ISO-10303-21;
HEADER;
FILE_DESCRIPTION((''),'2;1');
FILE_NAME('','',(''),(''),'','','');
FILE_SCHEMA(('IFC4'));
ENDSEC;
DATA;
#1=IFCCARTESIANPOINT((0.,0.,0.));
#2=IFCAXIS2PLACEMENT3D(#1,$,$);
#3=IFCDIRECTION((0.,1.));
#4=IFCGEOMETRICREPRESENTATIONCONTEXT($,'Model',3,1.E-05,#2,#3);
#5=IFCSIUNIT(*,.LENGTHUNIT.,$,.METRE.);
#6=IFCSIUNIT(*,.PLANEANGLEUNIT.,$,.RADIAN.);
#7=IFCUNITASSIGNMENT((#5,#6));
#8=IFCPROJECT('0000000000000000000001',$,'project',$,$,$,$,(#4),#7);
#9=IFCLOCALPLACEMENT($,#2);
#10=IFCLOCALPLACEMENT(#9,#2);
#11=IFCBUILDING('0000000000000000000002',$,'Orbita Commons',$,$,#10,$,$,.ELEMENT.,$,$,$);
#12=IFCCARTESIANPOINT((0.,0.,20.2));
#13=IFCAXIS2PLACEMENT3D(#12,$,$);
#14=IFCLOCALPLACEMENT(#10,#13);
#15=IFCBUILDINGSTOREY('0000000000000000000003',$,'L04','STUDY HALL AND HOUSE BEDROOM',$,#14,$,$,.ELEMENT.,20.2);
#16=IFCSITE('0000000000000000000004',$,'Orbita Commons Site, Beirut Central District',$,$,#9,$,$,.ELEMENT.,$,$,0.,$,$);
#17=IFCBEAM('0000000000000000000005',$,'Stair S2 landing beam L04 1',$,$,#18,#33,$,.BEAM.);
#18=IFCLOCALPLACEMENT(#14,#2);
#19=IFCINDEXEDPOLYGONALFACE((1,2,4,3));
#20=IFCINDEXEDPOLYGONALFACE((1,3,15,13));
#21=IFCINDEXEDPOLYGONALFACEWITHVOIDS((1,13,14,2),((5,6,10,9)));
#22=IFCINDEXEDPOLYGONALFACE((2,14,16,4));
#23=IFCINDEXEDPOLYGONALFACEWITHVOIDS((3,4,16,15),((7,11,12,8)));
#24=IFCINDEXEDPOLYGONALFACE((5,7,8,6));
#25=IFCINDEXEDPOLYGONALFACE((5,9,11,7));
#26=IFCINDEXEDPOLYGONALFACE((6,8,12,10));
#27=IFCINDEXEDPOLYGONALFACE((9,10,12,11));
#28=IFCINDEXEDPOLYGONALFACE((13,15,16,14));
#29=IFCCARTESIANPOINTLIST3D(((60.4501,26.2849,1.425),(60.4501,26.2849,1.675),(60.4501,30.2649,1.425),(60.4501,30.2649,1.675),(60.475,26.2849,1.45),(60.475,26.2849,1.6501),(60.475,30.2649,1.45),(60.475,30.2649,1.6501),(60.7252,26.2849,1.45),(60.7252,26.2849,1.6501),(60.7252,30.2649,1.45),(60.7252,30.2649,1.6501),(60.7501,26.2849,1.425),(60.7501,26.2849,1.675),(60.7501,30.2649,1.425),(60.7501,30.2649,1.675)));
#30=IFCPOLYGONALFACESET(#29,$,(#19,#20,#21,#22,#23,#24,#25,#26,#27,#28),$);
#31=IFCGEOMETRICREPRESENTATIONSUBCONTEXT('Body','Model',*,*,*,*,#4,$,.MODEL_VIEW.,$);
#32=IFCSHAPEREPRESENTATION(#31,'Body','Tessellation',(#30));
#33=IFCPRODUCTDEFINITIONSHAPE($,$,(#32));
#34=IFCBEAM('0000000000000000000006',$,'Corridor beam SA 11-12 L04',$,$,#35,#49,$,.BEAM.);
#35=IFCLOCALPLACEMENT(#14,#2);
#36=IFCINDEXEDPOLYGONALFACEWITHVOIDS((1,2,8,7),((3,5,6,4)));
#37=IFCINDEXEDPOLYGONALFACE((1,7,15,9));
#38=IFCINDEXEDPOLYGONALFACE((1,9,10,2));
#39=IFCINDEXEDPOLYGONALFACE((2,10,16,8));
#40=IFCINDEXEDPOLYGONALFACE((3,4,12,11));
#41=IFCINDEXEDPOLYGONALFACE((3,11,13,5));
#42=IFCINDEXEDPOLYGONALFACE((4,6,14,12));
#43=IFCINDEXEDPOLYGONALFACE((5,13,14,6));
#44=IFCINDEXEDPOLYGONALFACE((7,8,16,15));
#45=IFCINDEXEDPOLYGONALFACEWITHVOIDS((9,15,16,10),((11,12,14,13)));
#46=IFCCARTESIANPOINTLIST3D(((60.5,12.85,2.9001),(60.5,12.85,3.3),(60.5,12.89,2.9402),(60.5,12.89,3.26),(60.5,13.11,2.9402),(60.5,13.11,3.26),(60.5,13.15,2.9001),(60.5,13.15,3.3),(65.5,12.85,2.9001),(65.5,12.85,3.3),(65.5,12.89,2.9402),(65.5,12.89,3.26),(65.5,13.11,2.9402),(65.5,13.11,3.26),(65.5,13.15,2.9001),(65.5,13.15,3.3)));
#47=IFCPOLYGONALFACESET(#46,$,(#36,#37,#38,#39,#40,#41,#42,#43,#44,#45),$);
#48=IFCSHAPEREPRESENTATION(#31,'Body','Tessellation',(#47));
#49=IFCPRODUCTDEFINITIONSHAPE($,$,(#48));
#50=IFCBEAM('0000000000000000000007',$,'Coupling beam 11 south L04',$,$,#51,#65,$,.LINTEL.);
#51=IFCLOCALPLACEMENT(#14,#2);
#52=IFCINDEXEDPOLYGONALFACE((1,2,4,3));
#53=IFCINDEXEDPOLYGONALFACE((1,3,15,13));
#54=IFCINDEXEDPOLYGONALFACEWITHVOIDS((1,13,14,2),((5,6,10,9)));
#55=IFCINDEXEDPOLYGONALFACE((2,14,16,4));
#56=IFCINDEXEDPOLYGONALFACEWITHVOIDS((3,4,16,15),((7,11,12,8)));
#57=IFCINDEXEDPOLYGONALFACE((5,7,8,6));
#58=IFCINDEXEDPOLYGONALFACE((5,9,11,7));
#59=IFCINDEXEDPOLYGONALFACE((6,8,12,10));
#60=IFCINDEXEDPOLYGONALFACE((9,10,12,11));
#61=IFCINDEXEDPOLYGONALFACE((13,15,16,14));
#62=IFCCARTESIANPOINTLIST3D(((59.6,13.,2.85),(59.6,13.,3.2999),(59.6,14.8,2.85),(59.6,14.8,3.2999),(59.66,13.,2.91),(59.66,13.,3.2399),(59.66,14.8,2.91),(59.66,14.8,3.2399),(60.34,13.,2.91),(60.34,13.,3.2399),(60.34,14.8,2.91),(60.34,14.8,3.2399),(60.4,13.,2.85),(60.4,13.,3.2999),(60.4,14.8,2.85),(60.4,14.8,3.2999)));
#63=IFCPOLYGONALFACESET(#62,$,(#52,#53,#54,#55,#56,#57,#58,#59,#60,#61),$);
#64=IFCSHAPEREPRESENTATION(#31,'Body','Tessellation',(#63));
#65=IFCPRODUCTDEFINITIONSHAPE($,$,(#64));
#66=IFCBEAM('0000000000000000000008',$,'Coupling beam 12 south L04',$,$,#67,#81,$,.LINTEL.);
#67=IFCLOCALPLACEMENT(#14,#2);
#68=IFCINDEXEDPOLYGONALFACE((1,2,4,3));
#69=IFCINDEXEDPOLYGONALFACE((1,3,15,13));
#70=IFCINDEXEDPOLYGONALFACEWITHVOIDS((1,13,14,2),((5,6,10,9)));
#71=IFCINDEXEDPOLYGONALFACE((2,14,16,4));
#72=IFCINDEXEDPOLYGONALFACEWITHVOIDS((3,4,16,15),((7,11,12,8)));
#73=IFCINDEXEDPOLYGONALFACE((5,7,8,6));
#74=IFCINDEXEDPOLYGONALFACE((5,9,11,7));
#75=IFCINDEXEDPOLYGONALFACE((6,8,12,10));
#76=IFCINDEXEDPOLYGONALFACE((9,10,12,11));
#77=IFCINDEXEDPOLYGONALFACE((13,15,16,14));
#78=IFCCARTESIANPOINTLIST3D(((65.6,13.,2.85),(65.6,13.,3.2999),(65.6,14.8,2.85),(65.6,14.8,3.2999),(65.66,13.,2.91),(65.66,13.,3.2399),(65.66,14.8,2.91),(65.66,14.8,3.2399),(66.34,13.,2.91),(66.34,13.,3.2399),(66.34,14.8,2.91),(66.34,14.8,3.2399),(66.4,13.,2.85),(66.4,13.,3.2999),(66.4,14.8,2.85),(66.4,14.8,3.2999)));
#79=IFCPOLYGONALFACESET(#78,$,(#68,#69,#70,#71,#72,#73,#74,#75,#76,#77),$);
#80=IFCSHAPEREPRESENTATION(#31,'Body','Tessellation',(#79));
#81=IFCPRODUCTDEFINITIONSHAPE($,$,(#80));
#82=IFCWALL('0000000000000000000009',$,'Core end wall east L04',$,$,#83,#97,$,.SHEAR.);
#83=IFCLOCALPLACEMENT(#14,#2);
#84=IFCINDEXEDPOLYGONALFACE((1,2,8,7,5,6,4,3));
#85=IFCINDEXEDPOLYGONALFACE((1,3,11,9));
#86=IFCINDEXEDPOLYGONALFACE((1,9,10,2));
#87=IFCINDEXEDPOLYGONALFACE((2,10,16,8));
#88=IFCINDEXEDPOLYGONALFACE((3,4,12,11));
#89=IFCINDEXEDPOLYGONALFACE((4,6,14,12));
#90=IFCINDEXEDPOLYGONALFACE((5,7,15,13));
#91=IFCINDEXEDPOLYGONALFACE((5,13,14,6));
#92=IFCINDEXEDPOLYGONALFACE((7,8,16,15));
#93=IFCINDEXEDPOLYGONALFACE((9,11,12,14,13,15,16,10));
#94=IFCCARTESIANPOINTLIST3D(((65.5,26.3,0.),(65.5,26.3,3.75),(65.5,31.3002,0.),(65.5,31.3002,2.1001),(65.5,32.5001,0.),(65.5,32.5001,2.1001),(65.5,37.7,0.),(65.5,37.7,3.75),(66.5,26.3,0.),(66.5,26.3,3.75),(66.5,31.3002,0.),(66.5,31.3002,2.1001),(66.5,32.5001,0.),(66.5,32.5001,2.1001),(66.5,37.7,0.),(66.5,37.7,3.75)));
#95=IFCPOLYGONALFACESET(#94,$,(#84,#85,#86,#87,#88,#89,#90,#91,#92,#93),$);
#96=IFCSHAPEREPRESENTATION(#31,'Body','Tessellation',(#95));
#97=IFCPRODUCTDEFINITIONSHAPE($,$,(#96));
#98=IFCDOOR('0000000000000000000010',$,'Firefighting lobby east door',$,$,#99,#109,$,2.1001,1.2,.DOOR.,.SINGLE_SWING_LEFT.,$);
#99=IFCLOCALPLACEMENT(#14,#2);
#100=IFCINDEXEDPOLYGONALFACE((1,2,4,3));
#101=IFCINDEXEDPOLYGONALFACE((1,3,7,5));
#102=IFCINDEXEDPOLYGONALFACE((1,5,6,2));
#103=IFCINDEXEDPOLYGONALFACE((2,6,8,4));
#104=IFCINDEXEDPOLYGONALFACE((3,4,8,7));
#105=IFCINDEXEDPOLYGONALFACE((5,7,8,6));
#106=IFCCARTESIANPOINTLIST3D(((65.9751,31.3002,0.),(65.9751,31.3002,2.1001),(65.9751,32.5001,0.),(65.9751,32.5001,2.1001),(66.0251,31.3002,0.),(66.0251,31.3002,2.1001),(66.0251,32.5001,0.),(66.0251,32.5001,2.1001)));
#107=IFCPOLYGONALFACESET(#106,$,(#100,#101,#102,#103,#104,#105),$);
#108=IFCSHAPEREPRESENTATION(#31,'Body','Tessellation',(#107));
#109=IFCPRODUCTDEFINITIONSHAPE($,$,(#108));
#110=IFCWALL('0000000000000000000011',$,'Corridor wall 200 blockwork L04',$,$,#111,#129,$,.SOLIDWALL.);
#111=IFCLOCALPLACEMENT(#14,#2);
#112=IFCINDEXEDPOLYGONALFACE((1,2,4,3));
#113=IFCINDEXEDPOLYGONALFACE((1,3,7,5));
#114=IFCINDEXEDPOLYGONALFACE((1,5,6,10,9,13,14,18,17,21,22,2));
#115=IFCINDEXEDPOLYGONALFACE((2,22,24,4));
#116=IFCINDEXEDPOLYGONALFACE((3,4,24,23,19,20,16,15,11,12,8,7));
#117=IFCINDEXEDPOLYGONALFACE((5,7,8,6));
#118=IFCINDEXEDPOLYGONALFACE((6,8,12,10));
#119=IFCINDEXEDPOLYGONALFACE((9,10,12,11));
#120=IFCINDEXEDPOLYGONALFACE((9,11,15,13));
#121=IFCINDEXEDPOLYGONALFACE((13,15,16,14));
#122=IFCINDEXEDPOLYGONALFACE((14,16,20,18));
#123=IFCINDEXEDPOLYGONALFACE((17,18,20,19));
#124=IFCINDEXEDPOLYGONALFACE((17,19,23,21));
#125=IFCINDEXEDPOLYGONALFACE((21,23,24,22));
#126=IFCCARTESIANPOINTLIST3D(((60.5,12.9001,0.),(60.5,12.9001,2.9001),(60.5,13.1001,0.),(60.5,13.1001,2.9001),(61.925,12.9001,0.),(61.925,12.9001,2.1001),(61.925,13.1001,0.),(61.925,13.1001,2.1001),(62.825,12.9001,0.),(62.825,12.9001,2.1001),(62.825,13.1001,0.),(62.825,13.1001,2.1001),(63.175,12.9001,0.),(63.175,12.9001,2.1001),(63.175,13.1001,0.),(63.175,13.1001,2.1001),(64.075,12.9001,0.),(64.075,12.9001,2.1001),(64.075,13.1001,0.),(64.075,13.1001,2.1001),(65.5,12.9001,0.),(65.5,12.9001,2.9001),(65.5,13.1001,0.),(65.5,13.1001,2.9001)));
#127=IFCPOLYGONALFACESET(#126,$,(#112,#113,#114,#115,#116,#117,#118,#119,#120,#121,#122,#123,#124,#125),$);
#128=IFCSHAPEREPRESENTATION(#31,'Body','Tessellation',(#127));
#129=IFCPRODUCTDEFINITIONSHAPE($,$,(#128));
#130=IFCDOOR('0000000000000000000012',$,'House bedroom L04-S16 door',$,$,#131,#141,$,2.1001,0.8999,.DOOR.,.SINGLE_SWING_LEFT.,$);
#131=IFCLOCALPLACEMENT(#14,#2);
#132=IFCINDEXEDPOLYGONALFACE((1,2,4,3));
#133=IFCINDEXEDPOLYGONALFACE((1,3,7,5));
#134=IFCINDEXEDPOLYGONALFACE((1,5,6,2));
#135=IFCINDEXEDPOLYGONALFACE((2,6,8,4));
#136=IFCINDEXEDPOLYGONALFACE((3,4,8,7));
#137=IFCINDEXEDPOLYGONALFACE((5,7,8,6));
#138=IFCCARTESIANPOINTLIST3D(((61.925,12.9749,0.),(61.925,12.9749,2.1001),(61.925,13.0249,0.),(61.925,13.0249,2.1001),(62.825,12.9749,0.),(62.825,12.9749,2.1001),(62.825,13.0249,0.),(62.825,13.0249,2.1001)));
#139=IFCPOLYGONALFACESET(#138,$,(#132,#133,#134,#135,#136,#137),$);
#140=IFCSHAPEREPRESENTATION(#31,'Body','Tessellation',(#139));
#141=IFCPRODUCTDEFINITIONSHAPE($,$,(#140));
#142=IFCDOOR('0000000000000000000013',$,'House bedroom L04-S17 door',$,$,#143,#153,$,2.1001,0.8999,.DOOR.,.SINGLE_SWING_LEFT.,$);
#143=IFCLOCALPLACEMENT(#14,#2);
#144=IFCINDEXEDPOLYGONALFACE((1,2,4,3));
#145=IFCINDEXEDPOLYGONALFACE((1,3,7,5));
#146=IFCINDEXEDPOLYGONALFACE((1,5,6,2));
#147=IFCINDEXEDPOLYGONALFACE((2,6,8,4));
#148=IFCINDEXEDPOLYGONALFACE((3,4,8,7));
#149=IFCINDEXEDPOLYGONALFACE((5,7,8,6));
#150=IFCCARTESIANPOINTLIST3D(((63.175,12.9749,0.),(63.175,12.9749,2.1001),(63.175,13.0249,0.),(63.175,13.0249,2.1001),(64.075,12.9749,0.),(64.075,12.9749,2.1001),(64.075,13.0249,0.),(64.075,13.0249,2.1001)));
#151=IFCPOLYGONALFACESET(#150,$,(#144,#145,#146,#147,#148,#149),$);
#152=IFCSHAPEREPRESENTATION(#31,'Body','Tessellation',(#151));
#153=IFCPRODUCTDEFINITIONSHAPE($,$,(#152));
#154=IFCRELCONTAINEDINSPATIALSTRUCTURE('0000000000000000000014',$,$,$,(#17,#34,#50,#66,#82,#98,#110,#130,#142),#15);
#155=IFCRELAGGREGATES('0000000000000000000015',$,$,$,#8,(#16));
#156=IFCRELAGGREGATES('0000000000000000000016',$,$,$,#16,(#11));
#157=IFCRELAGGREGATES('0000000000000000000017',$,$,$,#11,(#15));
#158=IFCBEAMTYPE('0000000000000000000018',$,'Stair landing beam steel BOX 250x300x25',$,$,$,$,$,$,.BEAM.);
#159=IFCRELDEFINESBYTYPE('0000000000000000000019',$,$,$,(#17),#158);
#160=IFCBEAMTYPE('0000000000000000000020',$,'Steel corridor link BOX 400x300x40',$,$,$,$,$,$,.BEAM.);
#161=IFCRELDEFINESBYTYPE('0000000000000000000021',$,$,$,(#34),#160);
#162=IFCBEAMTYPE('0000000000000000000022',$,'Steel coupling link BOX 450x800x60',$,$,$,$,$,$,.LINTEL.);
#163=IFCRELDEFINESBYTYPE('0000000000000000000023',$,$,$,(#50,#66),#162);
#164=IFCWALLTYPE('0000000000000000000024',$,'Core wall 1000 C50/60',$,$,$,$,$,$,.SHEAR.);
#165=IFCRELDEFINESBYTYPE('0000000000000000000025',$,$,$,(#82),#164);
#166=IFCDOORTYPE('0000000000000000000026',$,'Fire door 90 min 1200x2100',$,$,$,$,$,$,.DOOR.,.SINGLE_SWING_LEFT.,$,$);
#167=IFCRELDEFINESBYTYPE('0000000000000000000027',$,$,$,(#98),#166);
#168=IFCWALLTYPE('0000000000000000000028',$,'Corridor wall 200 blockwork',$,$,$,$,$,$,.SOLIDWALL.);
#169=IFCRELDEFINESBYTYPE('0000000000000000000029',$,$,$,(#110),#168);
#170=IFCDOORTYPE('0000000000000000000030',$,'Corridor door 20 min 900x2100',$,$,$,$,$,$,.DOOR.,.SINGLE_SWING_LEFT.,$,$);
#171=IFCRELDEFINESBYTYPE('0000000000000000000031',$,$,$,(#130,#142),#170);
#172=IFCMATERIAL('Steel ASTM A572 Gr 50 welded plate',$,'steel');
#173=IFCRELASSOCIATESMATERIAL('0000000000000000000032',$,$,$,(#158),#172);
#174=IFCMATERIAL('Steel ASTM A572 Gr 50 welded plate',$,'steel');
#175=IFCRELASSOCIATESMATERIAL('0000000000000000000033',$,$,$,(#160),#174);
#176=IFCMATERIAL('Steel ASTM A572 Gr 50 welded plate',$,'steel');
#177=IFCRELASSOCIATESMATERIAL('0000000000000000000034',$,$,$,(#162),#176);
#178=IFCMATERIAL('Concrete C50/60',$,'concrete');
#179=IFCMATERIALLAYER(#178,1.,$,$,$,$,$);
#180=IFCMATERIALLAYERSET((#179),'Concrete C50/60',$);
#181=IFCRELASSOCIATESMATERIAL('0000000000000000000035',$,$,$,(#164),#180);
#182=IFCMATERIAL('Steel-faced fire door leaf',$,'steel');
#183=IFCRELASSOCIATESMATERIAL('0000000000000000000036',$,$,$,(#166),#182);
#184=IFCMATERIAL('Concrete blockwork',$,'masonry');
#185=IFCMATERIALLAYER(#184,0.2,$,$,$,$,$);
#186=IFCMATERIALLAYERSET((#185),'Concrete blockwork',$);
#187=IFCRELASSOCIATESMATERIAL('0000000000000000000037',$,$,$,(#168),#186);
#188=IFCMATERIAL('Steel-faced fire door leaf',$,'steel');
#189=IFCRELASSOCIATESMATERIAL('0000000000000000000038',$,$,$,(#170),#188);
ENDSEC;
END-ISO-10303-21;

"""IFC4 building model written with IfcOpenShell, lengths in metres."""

from ifc_helpers import new_model, si_unit, direction, frame, frame_2d, origin, origin_2d, place, context, subcontext, project, spatial, polyline, rectangle, hollow_rectangle, outline, extrude, material, layer, layer_set, material_profile, profile_set, type_object, element, fill, save


model = new_model("IFC4")

# Units and contexts
model_context = context("Model", 3, precision=1e-05, world=origin(), true_north=direction((0.0, 1.0)))
body_context = subcontext(model_context, "Body", "Model", "MODEL_VIEW")
ifc_project = project(units=[si_unit("LENGTHUNIT", "METRE"), si_unit("PLANEANGLEUNIT", "RADIAN")], contexts=[model_context])

# Site, building, storey
site_placement = place(None, origin())
site = spatial("IfcSite", under=ifc_project, at=site_placement, Name="Orbita Commons Site, Beirut Central District", CompositionType="ELEMENT", RefElevation=0.0)
building_placement = place(site_placement, origin())
building = spatial("IfcBuilding", under=site, at=building_placement, Name="Orbita Commons", CompositionType="ELEMENT")
storey_placement = place(building_placement, frame((0.0, 0.0, 20.2)))
storey = spatial("IfcBuildingStorey", under=building, at=storey_placement, Name="L04", Description="STUDY HALL AND HOUSE BEDROOM", CompositionType="ELEMENT", Elevation=20.2)

# Beams
ifc_material_1 = material(Name="Steel ASTM A572 Gr 50 welded plate", Category="steel")
ifc_material_profile_1 = material_profile(ifc_material_1, hollow_rectangle(XDim=0.3, YDim=0.25, WallThickness=0.0249, at=origin_2d()), Name="BOX 250x300x25")
ifc_profile_set_1 = profile_set([ifc_material_profile_1], Name="Steel ASTM A572 Gr 50 welded plate")
beam_type_1 = type_object("IfcBeamType", Name="Stair landing beam steel BOX 250x300x25", PredefinedType="BEAM", material=ifc_profile_set_1)
beam_1_placement = place(storey_placement, frame((60.6001, 26.2849, 1.55), z_axis=(0.0, 1.0, 0.0), x_axis=(-1.0, 0.0, 0.0)))
element("IfcBeam", 1, at=beam_1_placement, inside=storey, type_object=beam_type_1, Name="Stair S2 landing beam L04 1", PredefinedType="BEAM", context=body_context, shape_type="SweptSolid", body=[
    extrude(hollow_rectangle(XDim=0.3, YDim=0.25, WallThickness=0.0249, at=origin_2d()), origin(), (0.0, 0.0, 1.0), 3.98),
])
ifc_material_2 = material(Name="Steel ASTM A572 Gr 50 welded plate", Category="steel")
ifc_material_profile_2 = material_profile(ifc_material_2, hollow_rectangle(XDim=0.3, YDim=0.3999, WallThickness=0.04, at=origin_2d()), Name="BOX 400x300x40")
ifc_profile_set_2 = profile_set([ifc_material_profile_2], Name="Steel ASTM A572 Gr 50 welded plate")
beam_type_2 = type_object("IfcBeamType", Name="Steel corridor link BOX 400x300x40", PredefinedType="BEAM", material=ifc_profile_set_2)
beam_2_placement = place(storey_placement, frame((60.5, 13.0, 3.1001), z_axis=(1.0, 0.0, 0.0), x_axis=(0.0, 1.0, 0.0)))
element("IfcBeam", 2, at=beam_2_placement, inside=storey, type_object=beam_type_2, Name="Corridor beam SA 11-12 L04", PredefinedType="BEAM", context=body_context, shape_type="SweptSolid", body=[
    extrude(hollow_rectangle(XDim=0.3, YDim=0.3999, WallThickness=0.04, at=origin_2d()), origin(), (0.0, 0.0, 1.0), 5.0),
])
ifc_material_3 = material(Name="Steel ASTM A572 Gr 50 welded plate", Category="steel")
ifc_material_profile_3 = material_profile(ifc_material_3, hollow_rectangle(XDim=0.8, YDim=0.45, WallThickness=0.0601, at=origin_2d()), Name="BOX 450x800x60")
ifc_profile_set_3 = profile_set([ifc_material_profile_3], Name="Steel ASTM A572 Gr 50 welded plate")
beam_type_3 = type_object("IfcBeamType", Name="Steel coupling link BOX 450x800x60", PredefinedType="LINTEL", material=ifc_profile_set_3)
for number, where, z_axis, x_axis, name in (
    (3, (60.0, 13.0, 3.075), (0.0, 1.0, 0.0), (-1.0, 0.0, 0.0), "Coupling beam 11 south L04"),
    (4, (66.0, 13.0, 3.075), (0.0, 1.0, 0.0), (-1.0, 0.0, 0.0), "Coupling beam 12 south L04"),
):
    element("IfcBeam", number, at=place(storey_placement, frame(where, z_axis=z_axis, x_axis=x_axis)), inside=storey, type_object=beam_type_3, Name=name, PredefinedType="LINTEL", context=body_context, shape_type="SweptSolid", body=[
        extrude(hollow_rectangle(XDim=0.8, YDim=0.45, WallThickness=0.0601, at=origin_2d()), origin(), (0.0, 0.0, 1.0), 1.8),
    ])

# Wall, opening, door
ifc_material_4 = material(Name="Concrete C50/60", Category="concrete")
ifc_layer_1 = layer(ifc_material_4, 1.0)
ifc_layer_set_1 = layer_set([ifc_layer_1], Name="Concrete C50/60")
wall_type_1 = type_object("IfcWallType", Name="Core wall 1000 C50/60", PredefinedType="SHEAR", material=ifc_layer_set_1)
wall_1_placement = place(storey_placement, frame((66.0, 26.3, 0.0), z_axis=(0.0, 0.0, 1.0), x_axis=(0.0, 1.0, 0.0)))
wall_1 = element("IfcWall", 5, at=wall_1_placement, inside=storey, type_object=wall_type_1, Name="Core end wall east L04", PredefinedType="SHEAR", context=body_context, shape_type="SweptSolid", body=[
    extrude(rectangle(XDim=11.3999, YDim=1.0, at=frame_2d((5.7, 0.0))), origin(), (0.0, 0.0, 1.0), 3.75),
])
opening_1_placement = place(wall_1_placement, frame((5.0, 0.0, 0.0)))
opening_1 = element("IfcOpeningElement", 6, at=opening_1_placement, cuts=wall_1, PredefinedType="OPENING", context=body_context, shape_type="SweptSolid", body=[
    extrude(rectangle(XDim=1.2, YDim=2.1001, at=frame_2d((0.6001, 1.05))), frame((0.0, 0.51, 0.0), z_axis=(0.0, -1.0, 0.0), x_axis=(1.0, 0.0, 0.0)), (0.0, 0.0, 1.0), 1.02),
])
ifc_material_5 = material(Name="Steel-faced fire door leaf", Category="steel")
door_type_1 = type_object("IfcDoorType", Name="Fire door 90 min 1200x2100", OperationType="SINGLE_SWING_LEFT", PredefinedType="DOOR", material=ifc_material_5)
door_1_placement = place(opening_1_placement, origin())
door_1 = element("IfcDoor", 7, at=door_1_placement, inside=storey, type_object=door_type_1, Name="Firefighting lobby east door", OperationType="SINGLE_SWING_LEFT", OverallHeight=2.1001, OverallWidth=1.2, PredefinedType="DOOR", context=body_context, shape_type="SweptSolid", body=[
    extrude(rectangle(XDim=1.2, YDim=2.1001, at=frame_2d((0.6001, 1.05))), frame((0.0, 0.0249, 0.0), z_axis=(0.0, -1.0, 0.0), x_axis=(1.0, 0.0, 0.0)), (0.0, 0.0, 1.0), 0.05),
])
fill(opening_1, door_1)

# Wall, openings, doors
ifc_material_6 = material(Name="Concrete blockwork", Category="masonry")
ifc_layer_2 = layer(ifc_material_6, 0.2)
ifc_layer_set_2 = layer_set([ifc_layer_2], Name="Concrete blockwork")
wall_type_2 = type_object("IfcWallType", Name="Corridor wall 200 blockwork", PredefinedType="SOLIDWALL", material=ifc_layer_set_2)
wall_2_placement = place(storey_placement, frame((60.5, 13.0, 0.0), z_axis=(0.0, 0.0, 1.0), x_axis=(1.0, 0.0, 0.0)))
wall_2 = element("IfcWall", 8, at=wall_2_placement, inside=storey, type_object=wall_type_2, Name="Corridor wall 200 blockwork L04", PredefinedType="SOLIDWALL", context=body_context, shape_type="SweptSolid", body=[
    extrude(outline(polyline([(0.0, 0.0), (5.0, 0.0), (5.0, 2.9001), (0.0, 2.9001), (0.0, 0.0)])), frame((0.0, 0.1001, 0.0), z_axis=(0.0, -1.0, 0.0), x_axis=(1.0, 0.0, 0.0)), (0.0, 0.0, 1.0), 0.2),
])
opening_2_placement = place(wall_2_placement, frame((1.425, 0.0, 0.0)))
opening_2 = element("IfcOpeningElement", 9, at=opening_2_placement, cuts=wall_2, PredefinedType="OPENING", context=body_context, shape_type="SweptSolid", body=[
    extrude(rectangle(XDim=0.8999, YDim=2.1001, at=frame_2d((0.45, 1.05))), frame((0.0, 0.1099, 0.0), z_axis=(0.0, -1.0, 0.0), x_axis=(1.0, 0.0, 0.0)), (0.0, 0.0, 1.0), 0.22),
])
opening_3_placement = place(wall_2_placement, frame((2.675, 0.0, 0.0)))
opening_3 = element("IfcOpeningElement", 10, at=opening_3_placement, cuts=wall_2, PredefinedType="OPENING", context=body_context, shape_type="SweptSolid", body=[
    extrude(rectangle(XDim=0.8999, YDim=2.1001, at=frame_2d((0.45, 1.05))), frame((0.0, 0.1099, 0.0), z_axis=(0.0, -1.0, 0.0), x_axis=(1.0, 0.0, 0.0)), (0.0, 0.0, 1.0), 0.22),
])
ifc_material_7 = material(Name="Steel-faced fire door leaf", Category="steel")
door_type_2 = type_object("IfcDoorType", Name="Corridor door 20 min 900x2100", OperationType="SINGLE_SWING_LEFT", PredefinedType="DOOR", material=ifc_material_7)
door_2_placement = place(opening_2_placement, origin())
door_2 = element("IfcDoor", 11, at=door_2_placement, inside=storey, type_object=door_type_2, Name="House bedroom L04-S16 door", OperationType="SINGLE_SWING_LEFT", OverallHeight=2.1001, OverallWidth=0.8999, PredefinedType="DOOR", context=body_context, shape_type="SweptSolid", body=[
    extrude(rectangle(XDim=0.8999, YDim=2.1001, at=frame_2d((0.45, 1.05))), frame((0.0, 0.0249, 0.0), z_axis=(0.0, -1.0, 0.0), x_axis=(1.0, 0.0, 0.0)), (0.0, 0.0, 1.0), 0.05),
])
fill(opening_2, door_2)
door_3_placement = place(opening_3_placement, origin())
door_3 = element("IfcDoor", 12, at=door_3_placement, inside=storey, type_object=door_type_2, Name="House bedroom L04-S17 door", OperationType="SINGLE_SWING_LEFT", OverallHeight=2.1001, OverallWidth=0.8999, PredefinedType="DOOR", context=body_context, shape_type="SweptSolid", body=[
    extrude(rectangle(XDim=0.8999, YDim=2.1001, at=frame_2d((0.45, 1.05))), frame((0.0, 0.0249, 0.0), z_axis=(0.0, -1.0, 0.0), x_axis=(1.0, 0.0, 0.0)), (0.0, 0.0, 1.0), 0.05),
])
fill(opening_3, door_3)

save(model, "model.ifc")
